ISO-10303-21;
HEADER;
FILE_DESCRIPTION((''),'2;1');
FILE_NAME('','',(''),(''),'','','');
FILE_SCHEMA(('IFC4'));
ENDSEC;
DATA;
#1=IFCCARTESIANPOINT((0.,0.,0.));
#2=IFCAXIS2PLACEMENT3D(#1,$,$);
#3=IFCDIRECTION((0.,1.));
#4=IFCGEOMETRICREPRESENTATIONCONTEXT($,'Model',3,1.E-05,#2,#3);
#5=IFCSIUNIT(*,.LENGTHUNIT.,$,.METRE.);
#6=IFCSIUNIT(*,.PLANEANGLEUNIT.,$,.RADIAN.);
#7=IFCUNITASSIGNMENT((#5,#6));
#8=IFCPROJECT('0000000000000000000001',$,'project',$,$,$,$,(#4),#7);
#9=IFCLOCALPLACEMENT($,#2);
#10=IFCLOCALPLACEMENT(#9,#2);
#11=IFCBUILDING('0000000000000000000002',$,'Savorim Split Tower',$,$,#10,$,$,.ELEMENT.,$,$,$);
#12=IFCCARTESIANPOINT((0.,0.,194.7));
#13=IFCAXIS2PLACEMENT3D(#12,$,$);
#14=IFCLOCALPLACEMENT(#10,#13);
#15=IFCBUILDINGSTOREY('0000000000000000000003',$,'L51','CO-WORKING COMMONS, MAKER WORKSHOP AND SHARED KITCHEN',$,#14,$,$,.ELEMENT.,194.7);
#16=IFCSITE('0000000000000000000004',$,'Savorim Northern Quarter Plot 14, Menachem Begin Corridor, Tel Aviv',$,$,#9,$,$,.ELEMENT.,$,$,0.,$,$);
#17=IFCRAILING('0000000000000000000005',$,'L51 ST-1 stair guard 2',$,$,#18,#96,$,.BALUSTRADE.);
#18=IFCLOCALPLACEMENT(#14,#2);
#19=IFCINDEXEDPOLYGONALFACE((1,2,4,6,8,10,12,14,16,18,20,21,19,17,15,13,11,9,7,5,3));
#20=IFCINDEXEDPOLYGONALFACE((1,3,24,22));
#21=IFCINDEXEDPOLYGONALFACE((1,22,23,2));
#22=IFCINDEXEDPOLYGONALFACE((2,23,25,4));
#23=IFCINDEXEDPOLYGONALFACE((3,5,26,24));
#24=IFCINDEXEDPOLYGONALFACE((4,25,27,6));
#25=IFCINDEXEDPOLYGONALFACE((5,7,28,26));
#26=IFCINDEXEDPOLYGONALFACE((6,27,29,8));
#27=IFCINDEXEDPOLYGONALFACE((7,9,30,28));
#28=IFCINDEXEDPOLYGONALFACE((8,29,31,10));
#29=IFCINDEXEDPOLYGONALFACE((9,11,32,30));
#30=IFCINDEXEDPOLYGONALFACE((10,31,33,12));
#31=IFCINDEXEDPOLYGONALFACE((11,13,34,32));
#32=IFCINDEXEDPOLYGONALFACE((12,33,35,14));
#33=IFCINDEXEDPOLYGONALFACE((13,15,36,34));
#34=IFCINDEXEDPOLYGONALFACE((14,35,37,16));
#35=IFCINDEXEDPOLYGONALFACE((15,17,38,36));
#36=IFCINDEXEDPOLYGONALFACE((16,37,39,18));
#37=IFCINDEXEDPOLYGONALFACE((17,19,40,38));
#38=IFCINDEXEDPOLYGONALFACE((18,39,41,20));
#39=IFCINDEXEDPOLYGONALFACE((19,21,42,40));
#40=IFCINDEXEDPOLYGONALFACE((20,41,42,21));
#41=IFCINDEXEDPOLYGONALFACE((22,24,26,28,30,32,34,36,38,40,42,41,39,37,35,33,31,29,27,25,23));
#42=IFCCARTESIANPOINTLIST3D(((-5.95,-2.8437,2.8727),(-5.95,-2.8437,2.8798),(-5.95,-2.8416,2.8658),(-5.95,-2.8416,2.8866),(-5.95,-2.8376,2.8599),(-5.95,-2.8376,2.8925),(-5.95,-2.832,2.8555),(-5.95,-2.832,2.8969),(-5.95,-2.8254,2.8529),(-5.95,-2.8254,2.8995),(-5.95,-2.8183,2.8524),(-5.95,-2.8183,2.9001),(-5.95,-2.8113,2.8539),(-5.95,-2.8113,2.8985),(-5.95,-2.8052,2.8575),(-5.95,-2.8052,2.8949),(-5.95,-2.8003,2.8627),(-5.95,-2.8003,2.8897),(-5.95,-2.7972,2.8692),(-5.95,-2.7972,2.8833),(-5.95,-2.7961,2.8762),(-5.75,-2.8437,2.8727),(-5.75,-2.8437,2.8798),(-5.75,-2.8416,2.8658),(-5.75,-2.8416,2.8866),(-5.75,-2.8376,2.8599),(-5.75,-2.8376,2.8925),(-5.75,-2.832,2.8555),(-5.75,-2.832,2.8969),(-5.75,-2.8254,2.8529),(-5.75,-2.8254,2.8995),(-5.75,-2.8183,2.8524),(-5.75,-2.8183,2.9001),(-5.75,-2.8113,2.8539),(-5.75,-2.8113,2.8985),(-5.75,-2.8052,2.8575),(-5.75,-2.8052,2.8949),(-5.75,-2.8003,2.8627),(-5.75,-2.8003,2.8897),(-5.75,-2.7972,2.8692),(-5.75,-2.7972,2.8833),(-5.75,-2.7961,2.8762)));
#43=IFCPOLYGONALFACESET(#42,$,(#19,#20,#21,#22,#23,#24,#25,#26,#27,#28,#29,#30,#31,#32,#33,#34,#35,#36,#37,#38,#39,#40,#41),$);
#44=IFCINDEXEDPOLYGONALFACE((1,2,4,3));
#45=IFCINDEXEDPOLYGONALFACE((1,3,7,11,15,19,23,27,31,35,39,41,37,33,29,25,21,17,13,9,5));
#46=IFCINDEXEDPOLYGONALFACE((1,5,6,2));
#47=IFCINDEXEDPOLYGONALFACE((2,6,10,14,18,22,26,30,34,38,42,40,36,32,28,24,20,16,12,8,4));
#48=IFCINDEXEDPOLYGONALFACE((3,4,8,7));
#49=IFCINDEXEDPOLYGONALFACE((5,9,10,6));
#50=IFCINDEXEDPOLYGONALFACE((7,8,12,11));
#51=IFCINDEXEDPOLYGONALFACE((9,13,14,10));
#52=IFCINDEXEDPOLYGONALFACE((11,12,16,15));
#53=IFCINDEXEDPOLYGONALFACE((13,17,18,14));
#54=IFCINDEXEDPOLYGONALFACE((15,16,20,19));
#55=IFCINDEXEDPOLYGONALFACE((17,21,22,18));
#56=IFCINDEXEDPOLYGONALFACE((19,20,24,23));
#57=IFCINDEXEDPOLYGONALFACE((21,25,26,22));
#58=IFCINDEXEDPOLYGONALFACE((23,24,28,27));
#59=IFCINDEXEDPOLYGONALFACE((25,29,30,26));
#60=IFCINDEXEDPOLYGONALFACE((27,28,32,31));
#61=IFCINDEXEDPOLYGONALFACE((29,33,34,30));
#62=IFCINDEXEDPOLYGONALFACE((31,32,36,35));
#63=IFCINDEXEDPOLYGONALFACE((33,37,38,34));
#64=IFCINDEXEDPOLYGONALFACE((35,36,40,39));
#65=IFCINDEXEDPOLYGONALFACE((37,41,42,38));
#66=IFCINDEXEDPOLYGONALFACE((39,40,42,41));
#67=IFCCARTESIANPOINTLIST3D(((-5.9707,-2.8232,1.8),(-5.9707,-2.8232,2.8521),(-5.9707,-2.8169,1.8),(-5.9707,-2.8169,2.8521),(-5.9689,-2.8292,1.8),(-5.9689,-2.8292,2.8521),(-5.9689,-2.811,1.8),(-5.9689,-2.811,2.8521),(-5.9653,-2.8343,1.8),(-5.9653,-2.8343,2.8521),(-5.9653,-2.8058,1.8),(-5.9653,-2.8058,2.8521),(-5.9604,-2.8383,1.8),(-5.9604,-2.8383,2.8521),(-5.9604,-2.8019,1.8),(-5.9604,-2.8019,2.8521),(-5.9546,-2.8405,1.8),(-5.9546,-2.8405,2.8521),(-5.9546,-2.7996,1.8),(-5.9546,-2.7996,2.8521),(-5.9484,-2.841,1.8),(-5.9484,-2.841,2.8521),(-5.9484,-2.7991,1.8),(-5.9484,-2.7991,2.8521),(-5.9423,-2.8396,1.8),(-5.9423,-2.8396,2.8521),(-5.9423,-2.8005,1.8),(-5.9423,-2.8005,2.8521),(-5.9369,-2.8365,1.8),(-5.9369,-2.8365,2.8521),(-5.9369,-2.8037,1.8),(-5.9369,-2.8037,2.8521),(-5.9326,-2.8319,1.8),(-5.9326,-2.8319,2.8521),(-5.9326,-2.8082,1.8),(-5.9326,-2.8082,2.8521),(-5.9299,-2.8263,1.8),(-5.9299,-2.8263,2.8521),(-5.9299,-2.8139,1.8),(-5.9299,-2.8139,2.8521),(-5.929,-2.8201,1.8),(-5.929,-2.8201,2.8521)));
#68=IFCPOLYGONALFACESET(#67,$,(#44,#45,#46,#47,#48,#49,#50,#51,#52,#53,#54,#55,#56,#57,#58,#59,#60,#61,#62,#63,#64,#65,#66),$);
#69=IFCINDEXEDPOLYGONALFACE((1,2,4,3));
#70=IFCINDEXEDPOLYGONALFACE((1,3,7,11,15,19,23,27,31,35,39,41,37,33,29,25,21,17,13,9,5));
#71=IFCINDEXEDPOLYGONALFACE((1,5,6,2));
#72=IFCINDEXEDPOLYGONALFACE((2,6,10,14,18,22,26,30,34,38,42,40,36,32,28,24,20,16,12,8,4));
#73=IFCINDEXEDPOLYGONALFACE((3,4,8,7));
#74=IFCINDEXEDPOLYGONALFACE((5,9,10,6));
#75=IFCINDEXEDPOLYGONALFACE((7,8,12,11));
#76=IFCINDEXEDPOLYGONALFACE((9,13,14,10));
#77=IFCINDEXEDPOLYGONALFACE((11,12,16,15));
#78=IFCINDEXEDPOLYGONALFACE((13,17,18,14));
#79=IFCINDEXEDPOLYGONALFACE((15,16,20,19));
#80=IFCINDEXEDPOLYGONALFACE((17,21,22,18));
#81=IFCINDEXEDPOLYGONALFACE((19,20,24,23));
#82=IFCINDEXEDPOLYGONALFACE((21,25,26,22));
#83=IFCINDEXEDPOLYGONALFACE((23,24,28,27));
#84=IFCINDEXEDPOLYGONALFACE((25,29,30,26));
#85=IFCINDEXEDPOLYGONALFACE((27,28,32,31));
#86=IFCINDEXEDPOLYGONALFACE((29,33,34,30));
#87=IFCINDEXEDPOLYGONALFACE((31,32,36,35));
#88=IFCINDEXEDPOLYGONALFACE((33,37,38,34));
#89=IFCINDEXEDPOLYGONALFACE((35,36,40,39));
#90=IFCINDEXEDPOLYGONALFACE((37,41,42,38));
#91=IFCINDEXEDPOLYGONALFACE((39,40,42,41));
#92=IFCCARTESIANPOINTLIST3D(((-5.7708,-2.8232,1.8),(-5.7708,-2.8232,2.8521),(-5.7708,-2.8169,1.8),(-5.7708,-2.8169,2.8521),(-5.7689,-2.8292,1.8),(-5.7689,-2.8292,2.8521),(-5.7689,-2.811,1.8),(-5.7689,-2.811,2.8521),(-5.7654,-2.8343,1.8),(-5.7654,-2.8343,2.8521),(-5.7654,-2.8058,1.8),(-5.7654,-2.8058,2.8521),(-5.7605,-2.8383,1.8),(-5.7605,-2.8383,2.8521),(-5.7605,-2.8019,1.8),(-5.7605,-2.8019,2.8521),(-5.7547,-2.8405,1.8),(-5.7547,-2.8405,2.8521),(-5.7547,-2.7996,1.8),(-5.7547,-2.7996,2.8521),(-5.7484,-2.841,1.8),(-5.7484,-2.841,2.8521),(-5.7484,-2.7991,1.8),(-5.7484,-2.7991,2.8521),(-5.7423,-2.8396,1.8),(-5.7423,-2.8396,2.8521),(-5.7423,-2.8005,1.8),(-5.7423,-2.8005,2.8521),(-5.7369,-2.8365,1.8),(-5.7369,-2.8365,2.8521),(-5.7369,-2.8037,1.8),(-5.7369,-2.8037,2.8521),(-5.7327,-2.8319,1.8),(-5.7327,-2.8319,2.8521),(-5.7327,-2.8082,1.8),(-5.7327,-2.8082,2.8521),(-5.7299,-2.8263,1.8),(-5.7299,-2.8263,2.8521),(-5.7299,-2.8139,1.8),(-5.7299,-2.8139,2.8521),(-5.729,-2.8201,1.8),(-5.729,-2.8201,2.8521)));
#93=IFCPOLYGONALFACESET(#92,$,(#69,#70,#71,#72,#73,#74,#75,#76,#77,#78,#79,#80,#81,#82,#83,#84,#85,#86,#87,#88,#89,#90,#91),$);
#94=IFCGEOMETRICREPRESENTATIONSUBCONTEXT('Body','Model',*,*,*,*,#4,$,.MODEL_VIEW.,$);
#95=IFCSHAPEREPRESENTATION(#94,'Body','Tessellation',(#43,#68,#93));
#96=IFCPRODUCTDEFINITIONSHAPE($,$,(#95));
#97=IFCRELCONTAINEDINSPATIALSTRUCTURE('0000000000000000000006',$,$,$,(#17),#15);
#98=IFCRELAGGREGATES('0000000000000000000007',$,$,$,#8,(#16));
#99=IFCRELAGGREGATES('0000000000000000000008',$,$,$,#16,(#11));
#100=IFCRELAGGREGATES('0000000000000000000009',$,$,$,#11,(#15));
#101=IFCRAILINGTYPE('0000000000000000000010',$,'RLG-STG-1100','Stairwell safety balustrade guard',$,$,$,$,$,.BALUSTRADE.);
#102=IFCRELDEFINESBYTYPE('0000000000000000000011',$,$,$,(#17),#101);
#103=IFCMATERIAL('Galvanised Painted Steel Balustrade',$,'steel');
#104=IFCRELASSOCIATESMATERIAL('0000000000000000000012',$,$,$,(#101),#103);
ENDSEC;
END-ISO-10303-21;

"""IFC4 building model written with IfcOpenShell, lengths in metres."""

from ifc_helpers import new_model, si_unit, direction, frame, origin, origin_2d, place, context, subcontext, project, spatial, circle, extrude, material, type_object, element, save


model = new_model("IFC4")

# Units and contexts
model_context = context("Model", 3, precision=1e-05, world=origin(), true_north=direction((0.0, 1.0)))
body_context = subcontext(model_context, "Body", "Model", "MODEL_VIEW")
ifc_project = project(units=[si_unit("LENGTHUNIT", "METRE"), si_unit("PLANEANGLEUNIT", "RADIAN")], contexts=[model_context])

# Site, building, storey
site_placement = place(None, origin())
site = spatial("IfcSite", under=ifc_project, at=site_placement, Name="Savorim Northern Quarter Plot 14, Menachem Begin Corridor, Tel Aviv", CompositionType="ELEMENT", RefElevation=0.0)
building_placement = place(site_placement, origin())
building = spatial("IfcBuilding", under=site, at=building_placement, Name="Savorim Split Tower", CompositionType="ELEMENT")
storey_placement = place(building_placement, frame((0.0, 0.0, 194.7)))
storey = spatial("IfcBuildingStorey", under=building, at=storey_placement, Name="L51", Description="CO-WORKING COMMONS, MAKER WORKSHOP AND SHARED KITCHEN", CompositionType="ELEMENT", Elevation=194.7)

# Railing
ifc_material_1 = material(Name="Galvanised Painted Steel Balustrade", Category="steel")
railing_type_1 = type_object("IfcRailingType", Name="RLG-STG-1100", Description="Stairwell safety balustrade guard", PredefinedType="BALUSTRADE", material=ifc_material_1)
railing_1_placement = place(storey_placement, frame((-5.95, -2.8201, 1.8)))
element("IfcRailing", 1, at=railing_1_placement, inside=storey, type_object=railing_type_1, Name="L51 ST-1 stair guard 2", PredefinedType="BALUSTRADE", context=body_context, shape_type="SweptSolid", body=[
    extrude(circle(Radius=0.0239, at=origin_2d()), frame((0.0, 0.0, 1.0762), z_axis=(1.0, 0.0, 0.0), x_axis=(0.0, 1.0, 0.0)), (0.0, 0.0, 1.0), 0.2),
    extrude(circle(Radius=0.021, at=origin_2d()), origin(), (0.0, 0.0, 1.0), 1.052),
    extrude(circle(Radius=0.021, at=origin_2d()), frame((0.2, 0.0, 0.0)), (0.0, 0.0, 1.0), 1.052),
])

save(model, "model.ifc")
